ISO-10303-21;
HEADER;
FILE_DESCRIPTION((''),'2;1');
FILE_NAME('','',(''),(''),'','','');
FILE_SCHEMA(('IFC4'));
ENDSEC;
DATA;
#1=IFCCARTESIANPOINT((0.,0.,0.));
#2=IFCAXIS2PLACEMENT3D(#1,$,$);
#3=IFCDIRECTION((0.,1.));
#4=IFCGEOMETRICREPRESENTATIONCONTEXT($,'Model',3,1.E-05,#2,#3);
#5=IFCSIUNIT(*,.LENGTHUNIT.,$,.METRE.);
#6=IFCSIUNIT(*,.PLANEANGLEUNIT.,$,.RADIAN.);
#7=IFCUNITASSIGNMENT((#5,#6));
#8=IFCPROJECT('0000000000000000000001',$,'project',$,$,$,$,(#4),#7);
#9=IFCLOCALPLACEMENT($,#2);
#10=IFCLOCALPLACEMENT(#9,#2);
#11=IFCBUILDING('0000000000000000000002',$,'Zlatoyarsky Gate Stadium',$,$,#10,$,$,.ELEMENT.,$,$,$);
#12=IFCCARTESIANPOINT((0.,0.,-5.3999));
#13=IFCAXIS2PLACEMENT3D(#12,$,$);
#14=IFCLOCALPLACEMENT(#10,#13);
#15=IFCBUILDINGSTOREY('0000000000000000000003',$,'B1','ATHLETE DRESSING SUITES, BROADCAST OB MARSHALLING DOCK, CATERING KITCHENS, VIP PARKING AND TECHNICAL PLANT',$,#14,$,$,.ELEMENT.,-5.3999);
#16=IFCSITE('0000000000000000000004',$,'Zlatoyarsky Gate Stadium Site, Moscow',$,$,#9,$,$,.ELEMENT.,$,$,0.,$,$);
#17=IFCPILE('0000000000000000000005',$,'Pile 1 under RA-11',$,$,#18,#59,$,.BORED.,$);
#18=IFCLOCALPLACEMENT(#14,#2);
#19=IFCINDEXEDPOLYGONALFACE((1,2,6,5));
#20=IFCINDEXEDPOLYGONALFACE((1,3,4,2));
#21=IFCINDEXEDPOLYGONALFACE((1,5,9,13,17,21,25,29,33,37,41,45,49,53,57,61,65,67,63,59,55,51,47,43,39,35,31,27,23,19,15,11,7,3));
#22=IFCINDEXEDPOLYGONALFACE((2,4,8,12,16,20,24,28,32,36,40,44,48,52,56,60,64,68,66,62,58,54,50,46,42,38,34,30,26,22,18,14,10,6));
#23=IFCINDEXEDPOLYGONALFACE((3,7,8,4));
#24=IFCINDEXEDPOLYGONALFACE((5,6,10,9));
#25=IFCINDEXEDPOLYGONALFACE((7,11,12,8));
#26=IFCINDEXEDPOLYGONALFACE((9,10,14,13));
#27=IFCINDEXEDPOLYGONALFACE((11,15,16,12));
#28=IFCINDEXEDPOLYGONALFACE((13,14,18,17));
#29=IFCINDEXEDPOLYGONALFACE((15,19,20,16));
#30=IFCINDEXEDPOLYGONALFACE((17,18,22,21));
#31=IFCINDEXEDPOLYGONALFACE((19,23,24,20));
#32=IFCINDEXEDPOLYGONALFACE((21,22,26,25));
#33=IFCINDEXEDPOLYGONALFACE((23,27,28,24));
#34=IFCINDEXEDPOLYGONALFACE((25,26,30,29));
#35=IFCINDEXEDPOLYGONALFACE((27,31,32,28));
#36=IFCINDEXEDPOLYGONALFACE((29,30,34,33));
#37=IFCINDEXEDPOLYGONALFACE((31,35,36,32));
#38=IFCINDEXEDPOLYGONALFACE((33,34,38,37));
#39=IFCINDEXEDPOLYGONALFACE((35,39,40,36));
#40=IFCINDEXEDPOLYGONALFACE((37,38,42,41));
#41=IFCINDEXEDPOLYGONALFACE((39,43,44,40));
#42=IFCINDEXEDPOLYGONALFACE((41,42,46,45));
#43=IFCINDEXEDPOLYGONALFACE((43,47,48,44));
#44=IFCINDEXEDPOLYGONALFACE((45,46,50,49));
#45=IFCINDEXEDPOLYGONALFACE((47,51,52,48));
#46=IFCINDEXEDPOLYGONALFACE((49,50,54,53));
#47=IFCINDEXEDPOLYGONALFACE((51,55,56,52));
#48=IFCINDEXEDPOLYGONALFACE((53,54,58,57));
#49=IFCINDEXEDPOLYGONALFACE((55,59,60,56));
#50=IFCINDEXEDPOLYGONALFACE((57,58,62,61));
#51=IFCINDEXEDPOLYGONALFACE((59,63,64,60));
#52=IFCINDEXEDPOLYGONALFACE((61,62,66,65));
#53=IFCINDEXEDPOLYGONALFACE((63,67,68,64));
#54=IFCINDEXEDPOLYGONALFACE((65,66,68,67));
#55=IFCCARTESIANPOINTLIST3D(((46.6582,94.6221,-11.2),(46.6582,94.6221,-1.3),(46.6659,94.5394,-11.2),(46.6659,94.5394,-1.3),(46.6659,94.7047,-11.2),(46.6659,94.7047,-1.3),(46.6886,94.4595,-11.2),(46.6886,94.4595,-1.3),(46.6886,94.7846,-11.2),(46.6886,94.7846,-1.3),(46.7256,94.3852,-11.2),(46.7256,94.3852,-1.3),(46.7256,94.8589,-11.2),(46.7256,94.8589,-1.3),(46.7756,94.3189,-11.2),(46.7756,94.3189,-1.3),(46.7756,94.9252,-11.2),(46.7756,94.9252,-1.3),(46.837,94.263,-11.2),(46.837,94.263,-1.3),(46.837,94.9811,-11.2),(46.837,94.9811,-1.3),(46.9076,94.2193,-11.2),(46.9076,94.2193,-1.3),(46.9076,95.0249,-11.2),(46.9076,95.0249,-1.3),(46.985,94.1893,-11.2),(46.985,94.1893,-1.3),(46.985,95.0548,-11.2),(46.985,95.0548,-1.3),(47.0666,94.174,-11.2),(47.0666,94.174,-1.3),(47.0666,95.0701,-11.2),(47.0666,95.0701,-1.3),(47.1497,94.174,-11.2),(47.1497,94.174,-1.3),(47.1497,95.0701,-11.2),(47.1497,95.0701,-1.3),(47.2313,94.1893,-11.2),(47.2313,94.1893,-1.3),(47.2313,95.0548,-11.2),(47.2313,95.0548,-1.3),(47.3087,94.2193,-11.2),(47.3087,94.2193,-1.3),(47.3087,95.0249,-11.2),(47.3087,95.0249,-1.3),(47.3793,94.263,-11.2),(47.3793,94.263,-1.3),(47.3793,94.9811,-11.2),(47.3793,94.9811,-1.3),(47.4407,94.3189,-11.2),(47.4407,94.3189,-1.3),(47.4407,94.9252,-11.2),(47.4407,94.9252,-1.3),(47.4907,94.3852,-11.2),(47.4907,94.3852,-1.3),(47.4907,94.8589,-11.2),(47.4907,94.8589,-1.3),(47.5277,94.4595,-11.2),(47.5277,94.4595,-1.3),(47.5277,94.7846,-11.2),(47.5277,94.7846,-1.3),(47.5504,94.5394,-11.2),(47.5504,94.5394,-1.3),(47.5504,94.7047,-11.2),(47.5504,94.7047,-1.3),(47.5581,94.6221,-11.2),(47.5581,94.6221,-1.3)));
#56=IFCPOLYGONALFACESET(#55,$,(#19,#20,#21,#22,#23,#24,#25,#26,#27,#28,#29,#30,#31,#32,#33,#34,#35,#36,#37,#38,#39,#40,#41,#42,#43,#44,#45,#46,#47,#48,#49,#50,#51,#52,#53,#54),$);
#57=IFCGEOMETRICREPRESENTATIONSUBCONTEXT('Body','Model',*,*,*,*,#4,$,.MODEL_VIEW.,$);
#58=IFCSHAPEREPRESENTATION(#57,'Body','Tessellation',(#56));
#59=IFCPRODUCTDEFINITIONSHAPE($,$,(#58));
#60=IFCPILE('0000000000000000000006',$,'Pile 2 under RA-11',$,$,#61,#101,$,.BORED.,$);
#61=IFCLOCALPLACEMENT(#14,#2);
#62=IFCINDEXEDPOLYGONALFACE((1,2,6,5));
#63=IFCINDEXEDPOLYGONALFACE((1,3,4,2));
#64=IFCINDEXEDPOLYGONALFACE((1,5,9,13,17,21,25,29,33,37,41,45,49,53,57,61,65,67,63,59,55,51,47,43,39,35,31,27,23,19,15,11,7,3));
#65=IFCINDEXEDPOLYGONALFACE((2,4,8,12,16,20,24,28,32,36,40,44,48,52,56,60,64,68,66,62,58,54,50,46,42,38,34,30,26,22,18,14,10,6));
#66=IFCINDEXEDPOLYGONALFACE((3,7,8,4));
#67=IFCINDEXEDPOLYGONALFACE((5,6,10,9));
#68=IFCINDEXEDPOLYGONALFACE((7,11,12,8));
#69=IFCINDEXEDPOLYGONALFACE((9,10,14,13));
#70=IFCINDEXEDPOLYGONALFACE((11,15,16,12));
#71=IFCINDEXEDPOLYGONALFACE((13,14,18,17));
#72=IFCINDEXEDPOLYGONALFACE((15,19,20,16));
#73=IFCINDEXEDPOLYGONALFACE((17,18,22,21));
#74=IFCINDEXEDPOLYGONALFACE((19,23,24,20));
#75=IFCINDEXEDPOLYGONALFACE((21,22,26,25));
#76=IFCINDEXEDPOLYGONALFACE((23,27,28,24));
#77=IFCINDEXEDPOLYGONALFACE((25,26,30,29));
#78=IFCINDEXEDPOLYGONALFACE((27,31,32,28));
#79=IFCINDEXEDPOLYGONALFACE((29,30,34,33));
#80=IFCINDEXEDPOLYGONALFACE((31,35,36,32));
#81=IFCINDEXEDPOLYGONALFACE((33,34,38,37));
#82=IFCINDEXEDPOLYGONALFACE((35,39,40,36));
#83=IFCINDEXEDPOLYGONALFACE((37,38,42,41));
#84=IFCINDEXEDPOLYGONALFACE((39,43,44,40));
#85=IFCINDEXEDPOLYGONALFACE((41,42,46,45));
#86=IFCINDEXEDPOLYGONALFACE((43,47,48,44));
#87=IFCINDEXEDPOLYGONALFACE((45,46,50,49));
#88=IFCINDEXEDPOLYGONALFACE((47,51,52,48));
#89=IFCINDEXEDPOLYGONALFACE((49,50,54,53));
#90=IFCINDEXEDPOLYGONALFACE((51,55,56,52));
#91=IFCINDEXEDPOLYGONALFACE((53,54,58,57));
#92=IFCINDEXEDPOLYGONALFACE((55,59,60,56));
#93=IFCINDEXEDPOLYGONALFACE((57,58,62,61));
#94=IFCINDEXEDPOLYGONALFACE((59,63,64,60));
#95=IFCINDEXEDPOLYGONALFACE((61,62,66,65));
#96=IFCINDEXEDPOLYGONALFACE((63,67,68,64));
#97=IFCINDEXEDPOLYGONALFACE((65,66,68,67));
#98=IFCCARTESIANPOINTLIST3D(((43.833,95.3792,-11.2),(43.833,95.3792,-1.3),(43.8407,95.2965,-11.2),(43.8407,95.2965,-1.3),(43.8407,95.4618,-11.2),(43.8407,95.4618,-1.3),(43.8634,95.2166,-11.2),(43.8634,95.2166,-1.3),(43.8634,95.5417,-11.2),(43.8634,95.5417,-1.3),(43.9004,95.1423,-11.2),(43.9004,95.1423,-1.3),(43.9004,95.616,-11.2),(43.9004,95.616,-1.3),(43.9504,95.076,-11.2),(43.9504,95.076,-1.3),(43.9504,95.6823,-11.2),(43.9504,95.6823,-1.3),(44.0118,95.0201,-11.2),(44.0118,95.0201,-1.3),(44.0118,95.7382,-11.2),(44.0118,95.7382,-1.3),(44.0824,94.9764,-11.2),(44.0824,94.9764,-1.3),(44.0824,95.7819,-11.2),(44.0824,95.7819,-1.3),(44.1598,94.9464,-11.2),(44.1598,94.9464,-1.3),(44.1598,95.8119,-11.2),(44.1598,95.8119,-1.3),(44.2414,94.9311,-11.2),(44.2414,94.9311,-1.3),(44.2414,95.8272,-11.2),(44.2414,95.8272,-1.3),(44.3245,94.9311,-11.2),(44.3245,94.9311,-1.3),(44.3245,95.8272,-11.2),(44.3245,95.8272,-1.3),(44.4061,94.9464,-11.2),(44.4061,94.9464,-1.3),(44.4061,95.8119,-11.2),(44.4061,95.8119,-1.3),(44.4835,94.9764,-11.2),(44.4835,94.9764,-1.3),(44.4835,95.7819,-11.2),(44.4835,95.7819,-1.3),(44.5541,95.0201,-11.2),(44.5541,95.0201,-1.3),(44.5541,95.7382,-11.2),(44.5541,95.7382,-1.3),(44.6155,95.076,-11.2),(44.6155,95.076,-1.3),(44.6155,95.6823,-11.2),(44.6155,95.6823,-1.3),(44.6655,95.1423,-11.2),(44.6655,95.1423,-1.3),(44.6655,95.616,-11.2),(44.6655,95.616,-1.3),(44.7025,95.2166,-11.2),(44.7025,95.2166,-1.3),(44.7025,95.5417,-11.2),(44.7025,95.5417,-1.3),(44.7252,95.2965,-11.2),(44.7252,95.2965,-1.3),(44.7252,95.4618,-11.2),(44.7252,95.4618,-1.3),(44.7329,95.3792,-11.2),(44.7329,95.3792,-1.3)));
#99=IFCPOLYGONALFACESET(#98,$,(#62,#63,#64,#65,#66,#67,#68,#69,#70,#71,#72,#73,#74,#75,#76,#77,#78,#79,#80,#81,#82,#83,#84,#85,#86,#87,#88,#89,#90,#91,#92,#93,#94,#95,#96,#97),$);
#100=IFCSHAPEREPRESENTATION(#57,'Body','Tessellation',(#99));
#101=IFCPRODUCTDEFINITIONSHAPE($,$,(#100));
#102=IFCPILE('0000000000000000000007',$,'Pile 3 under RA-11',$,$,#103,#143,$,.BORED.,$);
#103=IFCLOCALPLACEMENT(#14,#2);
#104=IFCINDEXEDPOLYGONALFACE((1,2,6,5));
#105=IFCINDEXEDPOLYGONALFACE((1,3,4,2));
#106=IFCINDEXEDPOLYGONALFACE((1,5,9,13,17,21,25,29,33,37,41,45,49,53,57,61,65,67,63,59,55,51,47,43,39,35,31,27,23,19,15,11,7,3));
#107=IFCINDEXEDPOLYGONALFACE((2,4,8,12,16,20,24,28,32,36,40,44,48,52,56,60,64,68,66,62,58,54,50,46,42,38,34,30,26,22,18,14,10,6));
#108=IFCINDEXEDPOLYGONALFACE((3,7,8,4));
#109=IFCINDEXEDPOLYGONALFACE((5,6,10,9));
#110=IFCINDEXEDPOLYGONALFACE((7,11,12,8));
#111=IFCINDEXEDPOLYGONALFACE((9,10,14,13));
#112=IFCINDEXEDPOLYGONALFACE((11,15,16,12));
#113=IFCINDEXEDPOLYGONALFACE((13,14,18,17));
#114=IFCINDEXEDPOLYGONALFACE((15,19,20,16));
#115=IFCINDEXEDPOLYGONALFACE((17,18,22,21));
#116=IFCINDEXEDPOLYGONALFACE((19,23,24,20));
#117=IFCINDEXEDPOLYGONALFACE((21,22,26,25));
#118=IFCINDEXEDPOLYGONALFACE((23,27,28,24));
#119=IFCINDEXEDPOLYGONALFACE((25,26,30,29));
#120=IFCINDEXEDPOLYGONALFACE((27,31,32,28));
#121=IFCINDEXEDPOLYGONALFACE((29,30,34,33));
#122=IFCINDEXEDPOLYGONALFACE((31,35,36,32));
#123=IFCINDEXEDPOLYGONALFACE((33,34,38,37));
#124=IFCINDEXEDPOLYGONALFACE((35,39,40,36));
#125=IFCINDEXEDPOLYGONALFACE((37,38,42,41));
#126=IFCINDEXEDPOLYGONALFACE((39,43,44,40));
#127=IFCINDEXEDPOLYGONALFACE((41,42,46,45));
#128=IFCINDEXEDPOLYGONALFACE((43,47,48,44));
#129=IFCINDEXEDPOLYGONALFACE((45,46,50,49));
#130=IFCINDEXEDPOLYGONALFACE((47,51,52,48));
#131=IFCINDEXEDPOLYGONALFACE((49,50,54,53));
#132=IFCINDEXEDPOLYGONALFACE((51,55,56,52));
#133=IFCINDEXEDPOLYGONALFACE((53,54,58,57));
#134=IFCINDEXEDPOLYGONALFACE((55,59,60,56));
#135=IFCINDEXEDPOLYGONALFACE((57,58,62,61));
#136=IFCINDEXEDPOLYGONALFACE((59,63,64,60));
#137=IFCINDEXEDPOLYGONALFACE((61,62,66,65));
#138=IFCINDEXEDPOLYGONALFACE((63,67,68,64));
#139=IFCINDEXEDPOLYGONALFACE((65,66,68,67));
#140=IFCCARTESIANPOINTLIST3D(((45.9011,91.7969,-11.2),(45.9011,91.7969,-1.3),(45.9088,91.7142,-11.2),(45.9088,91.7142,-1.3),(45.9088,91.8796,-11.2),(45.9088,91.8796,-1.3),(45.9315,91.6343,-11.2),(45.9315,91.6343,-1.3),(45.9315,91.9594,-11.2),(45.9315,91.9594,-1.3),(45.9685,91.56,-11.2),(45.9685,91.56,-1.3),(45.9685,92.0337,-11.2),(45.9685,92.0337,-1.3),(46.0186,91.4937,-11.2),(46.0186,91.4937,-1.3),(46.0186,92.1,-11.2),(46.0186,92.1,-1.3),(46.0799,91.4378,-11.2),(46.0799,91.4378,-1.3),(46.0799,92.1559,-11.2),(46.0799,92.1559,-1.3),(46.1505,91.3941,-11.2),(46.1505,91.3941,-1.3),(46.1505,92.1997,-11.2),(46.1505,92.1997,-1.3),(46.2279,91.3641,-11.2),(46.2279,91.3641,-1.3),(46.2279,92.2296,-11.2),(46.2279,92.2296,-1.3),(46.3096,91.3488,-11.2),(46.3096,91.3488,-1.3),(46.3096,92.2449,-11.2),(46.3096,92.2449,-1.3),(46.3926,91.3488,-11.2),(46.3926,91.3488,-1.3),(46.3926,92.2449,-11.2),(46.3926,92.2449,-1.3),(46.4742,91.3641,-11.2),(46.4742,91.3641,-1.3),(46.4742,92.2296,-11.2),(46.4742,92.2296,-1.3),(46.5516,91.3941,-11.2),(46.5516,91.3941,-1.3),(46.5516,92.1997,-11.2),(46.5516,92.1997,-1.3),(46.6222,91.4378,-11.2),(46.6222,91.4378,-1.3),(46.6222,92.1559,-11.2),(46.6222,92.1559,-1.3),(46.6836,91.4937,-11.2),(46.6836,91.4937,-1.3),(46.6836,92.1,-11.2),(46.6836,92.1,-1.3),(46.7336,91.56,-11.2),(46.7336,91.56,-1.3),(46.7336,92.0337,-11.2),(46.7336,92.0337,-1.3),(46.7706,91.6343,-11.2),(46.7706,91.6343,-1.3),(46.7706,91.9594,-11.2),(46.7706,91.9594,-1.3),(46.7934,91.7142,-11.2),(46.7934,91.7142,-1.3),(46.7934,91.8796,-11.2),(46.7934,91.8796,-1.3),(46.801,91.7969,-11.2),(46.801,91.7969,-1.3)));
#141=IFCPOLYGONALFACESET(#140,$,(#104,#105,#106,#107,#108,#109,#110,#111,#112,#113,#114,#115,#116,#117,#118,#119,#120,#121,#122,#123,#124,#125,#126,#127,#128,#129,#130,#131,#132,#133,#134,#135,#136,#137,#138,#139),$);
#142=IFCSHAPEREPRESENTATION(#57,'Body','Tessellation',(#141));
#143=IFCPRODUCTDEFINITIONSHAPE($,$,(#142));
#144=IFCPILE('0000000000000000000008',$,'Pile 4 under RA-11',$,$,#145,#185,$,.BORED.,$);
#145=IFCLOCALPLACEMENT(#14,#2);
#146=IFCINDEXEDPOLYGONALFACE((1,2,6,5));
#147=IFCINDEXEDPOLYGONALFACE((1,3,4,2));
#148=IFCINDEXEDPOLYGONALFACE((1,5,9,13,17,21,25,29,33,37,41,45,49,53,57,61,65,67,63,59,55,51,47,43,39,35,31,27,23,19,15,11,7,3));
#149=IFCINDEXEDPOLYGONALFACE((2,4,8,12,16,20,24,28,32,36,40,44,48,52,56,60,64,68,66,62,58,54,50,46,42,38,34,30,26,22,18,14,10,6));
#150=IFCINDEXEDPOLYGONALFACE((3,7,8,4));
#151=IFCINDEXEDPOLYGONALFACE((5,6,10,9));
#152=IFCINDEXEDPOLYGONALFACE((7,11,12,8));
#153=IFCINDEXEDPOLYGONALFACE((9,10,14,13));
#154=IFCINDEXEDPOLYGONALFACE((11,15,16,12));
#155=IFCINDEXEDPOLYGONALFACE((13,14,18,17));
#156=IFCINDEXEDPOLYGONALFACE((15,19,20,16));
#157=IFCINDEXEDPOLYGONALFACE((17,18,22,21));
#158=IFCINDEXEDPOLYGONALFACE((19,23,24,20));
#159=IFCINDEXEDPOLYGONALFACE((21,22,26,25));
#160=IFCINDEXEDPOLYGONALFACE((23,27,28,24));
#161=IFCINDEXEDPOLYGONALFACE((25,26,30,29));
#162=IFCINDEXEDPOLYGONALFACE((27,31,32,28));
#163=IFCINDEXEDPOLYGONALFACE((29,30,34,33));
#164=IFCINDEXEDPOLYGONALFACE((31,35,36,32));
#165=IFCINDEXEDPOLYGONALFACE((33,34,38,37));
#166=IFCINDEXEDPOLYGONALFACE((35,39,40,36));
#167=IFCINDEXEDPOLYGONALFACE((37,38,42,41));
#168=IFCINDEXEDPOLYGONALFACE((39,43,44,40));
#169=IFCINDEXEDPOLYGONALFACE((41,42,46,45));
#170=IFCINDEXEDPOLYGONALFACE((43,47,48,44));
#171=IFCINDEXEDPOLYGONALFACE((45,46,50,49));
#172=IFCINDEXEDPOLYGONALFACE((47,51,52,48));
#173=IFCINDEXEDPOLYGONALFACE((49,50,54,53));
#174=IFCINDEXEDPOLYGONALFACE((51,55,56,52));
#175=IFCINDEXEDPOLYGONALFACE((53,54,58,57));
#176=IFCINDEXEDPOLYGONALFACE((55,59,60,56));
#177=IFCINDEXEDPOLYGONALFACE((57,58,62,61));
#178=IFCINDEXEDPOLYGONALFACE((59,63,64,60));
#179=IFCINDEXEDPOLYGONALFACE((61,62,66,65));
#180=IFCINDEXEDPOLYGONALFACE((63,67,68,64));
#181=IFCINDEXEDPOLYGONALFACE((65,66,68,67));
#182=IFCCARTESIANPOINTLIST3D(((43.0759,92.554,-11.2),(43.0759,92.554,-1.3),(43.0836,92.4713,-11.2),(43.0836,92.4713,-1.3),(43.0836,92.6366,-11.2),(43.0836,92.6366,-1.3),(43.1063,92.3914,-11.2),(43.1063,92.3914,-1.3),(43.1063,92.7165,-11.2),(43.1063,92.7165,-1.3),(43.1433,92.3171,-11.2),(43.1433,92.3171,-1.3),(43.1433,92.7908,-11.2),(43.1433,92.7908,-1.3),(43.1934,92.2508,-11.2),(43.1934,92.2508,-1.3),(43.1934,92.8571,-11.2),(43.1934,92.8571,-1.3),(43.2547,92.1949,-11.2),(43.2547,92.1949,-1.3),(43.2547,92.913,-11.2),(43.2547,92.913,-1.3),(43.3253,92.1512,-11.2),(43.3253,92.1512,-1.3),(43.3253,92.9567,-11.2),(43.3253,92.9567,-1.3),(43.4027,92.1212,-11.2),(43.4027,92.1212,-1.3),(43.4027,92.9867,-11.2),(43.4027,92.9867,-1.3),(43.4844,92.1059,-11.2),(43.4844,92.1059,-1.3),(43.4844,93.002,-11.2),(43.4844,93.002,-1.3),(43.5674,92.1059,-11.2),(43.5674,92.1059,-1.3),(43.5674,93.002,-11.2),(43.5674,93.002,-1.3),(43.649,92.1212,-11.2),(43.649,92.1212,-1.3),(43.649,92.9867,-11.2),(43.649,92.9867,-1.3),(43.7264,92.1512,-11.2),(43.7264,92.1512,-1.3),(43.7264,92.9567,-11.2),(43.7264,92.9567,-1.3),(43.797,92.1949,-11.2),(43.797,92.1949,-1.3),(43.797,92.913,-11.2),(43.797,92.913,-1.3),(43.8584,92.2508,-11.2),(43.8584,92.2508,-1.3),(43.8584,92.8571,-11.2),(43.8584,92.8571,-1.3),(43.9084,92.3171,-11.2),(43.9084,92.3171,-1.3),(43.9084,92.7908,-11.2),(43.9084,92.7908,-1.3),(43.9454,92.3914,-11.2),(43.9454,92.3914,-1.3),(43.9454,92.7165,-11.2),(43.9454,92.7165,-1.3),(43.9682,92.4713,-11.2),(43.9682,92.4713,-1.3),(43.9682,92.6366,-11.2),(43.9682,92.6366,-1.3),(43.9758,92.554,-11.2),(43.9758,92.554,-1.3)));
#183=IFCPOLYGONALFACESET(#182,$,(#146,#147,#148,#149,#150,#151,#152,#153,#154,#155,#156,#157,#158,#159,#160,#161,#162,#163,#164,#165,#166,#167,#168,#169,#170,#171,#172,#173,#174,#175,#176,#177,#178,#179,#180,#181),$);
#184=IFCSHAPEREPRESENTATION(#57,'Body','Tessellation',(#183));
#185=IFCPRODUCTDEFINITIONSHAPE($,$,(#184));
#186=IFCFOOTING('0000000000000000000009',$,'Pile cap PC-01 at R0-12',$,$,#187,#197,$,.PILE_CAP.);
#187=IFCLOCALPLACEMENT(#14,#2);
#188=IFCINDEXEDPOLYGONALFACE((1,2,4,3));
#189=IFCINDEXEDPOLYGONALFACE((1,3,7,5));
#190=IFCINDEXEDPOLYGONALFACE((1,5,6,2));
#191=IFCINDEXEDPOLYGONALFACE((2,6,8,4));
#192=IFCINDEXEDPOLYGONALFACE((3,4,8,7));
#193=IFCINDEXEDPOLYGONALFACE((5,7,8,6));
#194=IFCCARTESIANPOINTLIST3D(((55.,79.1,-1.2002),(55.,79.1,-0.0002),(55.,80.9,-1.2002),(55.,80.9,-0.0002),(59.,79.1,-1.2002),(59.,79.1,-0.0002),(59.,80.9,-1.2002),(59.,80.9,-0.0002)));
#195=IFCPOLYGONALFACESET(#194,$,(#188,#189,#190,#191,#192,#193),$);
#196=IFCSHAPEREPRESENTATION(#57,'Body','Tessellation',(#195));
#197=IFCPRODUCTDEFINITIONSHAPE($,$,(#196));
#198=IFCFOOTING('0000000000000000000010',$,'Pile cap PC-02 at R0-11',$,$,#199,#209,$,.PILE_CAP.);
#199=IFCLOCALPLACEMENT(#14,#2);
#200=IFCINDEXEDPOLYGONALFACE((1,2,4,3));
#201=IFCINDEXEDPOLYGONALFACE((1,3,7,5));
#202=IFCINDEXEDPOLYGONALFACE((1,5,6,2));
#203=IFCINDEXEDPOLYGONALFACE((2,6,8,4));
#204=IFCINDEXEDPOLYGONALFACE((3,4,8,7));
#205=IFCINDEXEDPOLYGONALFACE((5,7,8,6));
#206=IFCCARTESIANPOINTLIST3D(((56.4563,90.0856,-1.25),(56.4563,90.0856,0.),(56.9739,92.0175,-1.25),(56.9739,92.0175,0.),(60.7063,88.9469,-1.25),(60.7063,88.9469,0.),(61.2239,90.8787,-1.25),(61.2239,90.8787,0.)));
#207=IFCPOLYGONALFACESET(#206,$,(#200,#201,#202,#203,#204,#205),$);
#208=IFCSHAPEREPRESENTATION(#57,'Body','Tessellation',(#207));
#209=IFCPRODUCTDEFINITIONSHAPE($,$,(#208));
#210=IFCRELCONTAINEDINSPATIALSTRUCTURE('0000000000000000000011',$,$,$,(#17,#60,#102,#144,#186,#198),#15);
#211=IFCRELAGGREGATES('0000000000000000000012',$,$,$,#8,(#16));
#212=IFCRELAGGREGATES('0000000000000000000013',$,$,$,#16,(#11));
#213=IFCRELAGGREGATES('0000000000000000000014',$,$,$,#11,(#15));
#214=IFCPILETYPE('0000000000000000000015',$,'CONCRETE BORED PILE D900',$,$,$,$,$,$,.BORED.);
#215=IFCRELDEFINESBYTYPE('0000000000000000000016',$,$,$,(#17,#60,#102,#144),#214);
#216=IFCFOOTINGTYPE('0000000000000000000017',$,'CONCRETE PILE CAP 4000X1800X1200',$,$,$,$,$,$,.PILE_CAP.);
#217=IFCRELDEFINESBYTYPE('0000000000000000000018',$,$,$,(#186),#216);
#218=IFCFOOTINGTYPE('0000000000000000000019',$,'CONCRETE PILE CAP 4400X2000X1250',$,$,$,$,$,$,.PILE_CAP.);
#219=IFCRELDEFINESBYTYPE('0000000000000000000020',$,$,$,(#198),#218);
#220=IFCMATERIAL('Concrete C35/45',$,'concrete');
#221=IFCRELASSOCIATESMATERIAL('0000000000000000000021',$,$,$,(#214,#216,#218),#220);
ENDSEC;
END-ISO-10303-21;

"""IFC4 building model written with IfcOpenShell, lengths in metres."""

from ifc_helpers import new_model, si_unit, direction, frame, origin, origin_2d, place, context, subcontext, project, spatial, rectangle, circle, extrude, material, material_profile, profile_set, type_object, element, save


model = new_model("IFC4")

# Units and contexts
model_context = context("Model", 3, precision=1e-05, world=origin(), true_north=direction((0.0, 1.0)))
body_context = subcontext(model_context, "Body", "Model", "MODEL_VIEW")
ifc_project = project(units=[si_unit("LENGTHUNIT", "METRE"), si_unit("PLANEANGLEUNIT", "RADIAN")], contexts=[model_context])

# Site, building, storey
site_placement = place(None, origin())
site = spatial("IfcSite", under=ifc_project, at=site_placement, Name="Zlatoyarsky Gate Stadium Site, Moscow", CompositionType="ELEMENT", RefElevation=0.0)
building_placement = place(site_placement, origin())
building = spatial("IfcBuilding", under=site, at=building_placement, Name="Zlatoyarsky Gate Stadium", CompositionType="ELEMENT")
storey_placement = place(building_placement, frame((0.0, 0.0, -5.3999)))
storey = spatial("IfcBuildingStorey", under=building, at=storey_placement, Name="B1", Description="ATHLETE DRESSING SUITES, BROADCAST OB MARSHALLING DOCK, CATERING KITCHENS, VIP PARKING AND TECHNICAL PLANT", CompositionType="ELEMENT", Elevation=-5.3999)

# Piles
ifc_material_1 = material(Name="Concrete C35/45", Category="concrete")
ifc_material_profile_1 = material_profile(ifc_material_1, circle(Radius=0.45, at=origin_2d()), Name="BORED PILE D900")
ifc_profile_set_1 = profile_set([ifc_material_profile_1], Name="Concrete C35/45")
pile_type_1 = type_object("IfcPileType", Name="CONCRETE BORED PILE D900", PredefinedType="BORED", material=ifc_profile_set_1)
for number, where, z_axis, x_axis, name in (
    (1, (47.1082, 94.6221, -1.3), (0.0, 0.0, -1.0), (1.0, 0.0, 0.0), "Pile 1 under RA-11"),
    (2, (44.283, 95.3792, -1.3), (0.0, 0.0, -1.0), (1.0, 0.0, 0.0), "Pile 2 under RA-11"),
    (3, (46.3511, 91.7969, -1.3), (0.0, 0.0, -1.0), (1.0, 0.0, 0.0), "Pile 3 under RA-11"),
    (4, (43.5259, 92.554, -1.3), (0.0, 0.0, -1.0), (1.0, 0.0, 0.0), "Pile 4 under RA-11"),
):
    element("IfcPile", number, at=place(storey_placement, frame(where, z_axis=z_axis, x_axis=x_axis)), inside=storey, type_object=pile_type_1, Name=name, PredefinedType="BORED", context=body_context, shape_type="SweptSolid", body=[
        extrude(circle(Radius=0.45, at=origin_2d()), origin(), (0.0, 0.0, 1.0), 9.8999),
    ])

# Footings
footing_type_1 = type_object("IfcFootingType", Name="CONCRETE PILE CAP 4000X1800X1200", PredefinedType="PILE_CAP", material=ifc_material_1)
footing_1_placement = place(storey_placement, frame((57.0, 80.0, -1.2002), z_axis=(0.0, 0.0, 1.0), x_axis=(-1.0, 0.0, 0.0)))
element("IfcFooting", 5, at=footing_1_placement, inside=storey, type_object=footing_type_1, Name="Pile cap PC-01 at R0-12", PredefinedType="PILE_CAP", context=body_context, shape_type="SweptSolid", body=[
    extrude(rectangle(XDim=4.0, YDim=1.8, at=origin_2d()), origin(), (0.0, 0.0, 1.0), 1.2),
])
footing_type_2 = type_object("IfcFootingType", Name="CONCRETE PILE CAP 4400X2000X1250", PredefinedType="PILE_CAP", material=ifc_material_1)
footing_2_placement = place(storey_placement, frame((58.8401, 90.4822, -1.25), z_axis=(0.0, 0.0, 1.0), x_axis=(-0.965926, 0.258819, 0.0)))
element("IfcFooting", 6, at=footing_2_placement, inside=storey, type_object=footing_type_2, Name="Pile cap PC-02 at R0-11", PredefinedType="PILE_CAP", context=body_context, shape_type="SweptSolid", body=[
    extrude(rectangle(XDim=4.3999, YDim=2.0, at=origin_2d()), origin(), (0.0, 0.0, 1.0), 1.25),
])

save(model, "model.ifc")
